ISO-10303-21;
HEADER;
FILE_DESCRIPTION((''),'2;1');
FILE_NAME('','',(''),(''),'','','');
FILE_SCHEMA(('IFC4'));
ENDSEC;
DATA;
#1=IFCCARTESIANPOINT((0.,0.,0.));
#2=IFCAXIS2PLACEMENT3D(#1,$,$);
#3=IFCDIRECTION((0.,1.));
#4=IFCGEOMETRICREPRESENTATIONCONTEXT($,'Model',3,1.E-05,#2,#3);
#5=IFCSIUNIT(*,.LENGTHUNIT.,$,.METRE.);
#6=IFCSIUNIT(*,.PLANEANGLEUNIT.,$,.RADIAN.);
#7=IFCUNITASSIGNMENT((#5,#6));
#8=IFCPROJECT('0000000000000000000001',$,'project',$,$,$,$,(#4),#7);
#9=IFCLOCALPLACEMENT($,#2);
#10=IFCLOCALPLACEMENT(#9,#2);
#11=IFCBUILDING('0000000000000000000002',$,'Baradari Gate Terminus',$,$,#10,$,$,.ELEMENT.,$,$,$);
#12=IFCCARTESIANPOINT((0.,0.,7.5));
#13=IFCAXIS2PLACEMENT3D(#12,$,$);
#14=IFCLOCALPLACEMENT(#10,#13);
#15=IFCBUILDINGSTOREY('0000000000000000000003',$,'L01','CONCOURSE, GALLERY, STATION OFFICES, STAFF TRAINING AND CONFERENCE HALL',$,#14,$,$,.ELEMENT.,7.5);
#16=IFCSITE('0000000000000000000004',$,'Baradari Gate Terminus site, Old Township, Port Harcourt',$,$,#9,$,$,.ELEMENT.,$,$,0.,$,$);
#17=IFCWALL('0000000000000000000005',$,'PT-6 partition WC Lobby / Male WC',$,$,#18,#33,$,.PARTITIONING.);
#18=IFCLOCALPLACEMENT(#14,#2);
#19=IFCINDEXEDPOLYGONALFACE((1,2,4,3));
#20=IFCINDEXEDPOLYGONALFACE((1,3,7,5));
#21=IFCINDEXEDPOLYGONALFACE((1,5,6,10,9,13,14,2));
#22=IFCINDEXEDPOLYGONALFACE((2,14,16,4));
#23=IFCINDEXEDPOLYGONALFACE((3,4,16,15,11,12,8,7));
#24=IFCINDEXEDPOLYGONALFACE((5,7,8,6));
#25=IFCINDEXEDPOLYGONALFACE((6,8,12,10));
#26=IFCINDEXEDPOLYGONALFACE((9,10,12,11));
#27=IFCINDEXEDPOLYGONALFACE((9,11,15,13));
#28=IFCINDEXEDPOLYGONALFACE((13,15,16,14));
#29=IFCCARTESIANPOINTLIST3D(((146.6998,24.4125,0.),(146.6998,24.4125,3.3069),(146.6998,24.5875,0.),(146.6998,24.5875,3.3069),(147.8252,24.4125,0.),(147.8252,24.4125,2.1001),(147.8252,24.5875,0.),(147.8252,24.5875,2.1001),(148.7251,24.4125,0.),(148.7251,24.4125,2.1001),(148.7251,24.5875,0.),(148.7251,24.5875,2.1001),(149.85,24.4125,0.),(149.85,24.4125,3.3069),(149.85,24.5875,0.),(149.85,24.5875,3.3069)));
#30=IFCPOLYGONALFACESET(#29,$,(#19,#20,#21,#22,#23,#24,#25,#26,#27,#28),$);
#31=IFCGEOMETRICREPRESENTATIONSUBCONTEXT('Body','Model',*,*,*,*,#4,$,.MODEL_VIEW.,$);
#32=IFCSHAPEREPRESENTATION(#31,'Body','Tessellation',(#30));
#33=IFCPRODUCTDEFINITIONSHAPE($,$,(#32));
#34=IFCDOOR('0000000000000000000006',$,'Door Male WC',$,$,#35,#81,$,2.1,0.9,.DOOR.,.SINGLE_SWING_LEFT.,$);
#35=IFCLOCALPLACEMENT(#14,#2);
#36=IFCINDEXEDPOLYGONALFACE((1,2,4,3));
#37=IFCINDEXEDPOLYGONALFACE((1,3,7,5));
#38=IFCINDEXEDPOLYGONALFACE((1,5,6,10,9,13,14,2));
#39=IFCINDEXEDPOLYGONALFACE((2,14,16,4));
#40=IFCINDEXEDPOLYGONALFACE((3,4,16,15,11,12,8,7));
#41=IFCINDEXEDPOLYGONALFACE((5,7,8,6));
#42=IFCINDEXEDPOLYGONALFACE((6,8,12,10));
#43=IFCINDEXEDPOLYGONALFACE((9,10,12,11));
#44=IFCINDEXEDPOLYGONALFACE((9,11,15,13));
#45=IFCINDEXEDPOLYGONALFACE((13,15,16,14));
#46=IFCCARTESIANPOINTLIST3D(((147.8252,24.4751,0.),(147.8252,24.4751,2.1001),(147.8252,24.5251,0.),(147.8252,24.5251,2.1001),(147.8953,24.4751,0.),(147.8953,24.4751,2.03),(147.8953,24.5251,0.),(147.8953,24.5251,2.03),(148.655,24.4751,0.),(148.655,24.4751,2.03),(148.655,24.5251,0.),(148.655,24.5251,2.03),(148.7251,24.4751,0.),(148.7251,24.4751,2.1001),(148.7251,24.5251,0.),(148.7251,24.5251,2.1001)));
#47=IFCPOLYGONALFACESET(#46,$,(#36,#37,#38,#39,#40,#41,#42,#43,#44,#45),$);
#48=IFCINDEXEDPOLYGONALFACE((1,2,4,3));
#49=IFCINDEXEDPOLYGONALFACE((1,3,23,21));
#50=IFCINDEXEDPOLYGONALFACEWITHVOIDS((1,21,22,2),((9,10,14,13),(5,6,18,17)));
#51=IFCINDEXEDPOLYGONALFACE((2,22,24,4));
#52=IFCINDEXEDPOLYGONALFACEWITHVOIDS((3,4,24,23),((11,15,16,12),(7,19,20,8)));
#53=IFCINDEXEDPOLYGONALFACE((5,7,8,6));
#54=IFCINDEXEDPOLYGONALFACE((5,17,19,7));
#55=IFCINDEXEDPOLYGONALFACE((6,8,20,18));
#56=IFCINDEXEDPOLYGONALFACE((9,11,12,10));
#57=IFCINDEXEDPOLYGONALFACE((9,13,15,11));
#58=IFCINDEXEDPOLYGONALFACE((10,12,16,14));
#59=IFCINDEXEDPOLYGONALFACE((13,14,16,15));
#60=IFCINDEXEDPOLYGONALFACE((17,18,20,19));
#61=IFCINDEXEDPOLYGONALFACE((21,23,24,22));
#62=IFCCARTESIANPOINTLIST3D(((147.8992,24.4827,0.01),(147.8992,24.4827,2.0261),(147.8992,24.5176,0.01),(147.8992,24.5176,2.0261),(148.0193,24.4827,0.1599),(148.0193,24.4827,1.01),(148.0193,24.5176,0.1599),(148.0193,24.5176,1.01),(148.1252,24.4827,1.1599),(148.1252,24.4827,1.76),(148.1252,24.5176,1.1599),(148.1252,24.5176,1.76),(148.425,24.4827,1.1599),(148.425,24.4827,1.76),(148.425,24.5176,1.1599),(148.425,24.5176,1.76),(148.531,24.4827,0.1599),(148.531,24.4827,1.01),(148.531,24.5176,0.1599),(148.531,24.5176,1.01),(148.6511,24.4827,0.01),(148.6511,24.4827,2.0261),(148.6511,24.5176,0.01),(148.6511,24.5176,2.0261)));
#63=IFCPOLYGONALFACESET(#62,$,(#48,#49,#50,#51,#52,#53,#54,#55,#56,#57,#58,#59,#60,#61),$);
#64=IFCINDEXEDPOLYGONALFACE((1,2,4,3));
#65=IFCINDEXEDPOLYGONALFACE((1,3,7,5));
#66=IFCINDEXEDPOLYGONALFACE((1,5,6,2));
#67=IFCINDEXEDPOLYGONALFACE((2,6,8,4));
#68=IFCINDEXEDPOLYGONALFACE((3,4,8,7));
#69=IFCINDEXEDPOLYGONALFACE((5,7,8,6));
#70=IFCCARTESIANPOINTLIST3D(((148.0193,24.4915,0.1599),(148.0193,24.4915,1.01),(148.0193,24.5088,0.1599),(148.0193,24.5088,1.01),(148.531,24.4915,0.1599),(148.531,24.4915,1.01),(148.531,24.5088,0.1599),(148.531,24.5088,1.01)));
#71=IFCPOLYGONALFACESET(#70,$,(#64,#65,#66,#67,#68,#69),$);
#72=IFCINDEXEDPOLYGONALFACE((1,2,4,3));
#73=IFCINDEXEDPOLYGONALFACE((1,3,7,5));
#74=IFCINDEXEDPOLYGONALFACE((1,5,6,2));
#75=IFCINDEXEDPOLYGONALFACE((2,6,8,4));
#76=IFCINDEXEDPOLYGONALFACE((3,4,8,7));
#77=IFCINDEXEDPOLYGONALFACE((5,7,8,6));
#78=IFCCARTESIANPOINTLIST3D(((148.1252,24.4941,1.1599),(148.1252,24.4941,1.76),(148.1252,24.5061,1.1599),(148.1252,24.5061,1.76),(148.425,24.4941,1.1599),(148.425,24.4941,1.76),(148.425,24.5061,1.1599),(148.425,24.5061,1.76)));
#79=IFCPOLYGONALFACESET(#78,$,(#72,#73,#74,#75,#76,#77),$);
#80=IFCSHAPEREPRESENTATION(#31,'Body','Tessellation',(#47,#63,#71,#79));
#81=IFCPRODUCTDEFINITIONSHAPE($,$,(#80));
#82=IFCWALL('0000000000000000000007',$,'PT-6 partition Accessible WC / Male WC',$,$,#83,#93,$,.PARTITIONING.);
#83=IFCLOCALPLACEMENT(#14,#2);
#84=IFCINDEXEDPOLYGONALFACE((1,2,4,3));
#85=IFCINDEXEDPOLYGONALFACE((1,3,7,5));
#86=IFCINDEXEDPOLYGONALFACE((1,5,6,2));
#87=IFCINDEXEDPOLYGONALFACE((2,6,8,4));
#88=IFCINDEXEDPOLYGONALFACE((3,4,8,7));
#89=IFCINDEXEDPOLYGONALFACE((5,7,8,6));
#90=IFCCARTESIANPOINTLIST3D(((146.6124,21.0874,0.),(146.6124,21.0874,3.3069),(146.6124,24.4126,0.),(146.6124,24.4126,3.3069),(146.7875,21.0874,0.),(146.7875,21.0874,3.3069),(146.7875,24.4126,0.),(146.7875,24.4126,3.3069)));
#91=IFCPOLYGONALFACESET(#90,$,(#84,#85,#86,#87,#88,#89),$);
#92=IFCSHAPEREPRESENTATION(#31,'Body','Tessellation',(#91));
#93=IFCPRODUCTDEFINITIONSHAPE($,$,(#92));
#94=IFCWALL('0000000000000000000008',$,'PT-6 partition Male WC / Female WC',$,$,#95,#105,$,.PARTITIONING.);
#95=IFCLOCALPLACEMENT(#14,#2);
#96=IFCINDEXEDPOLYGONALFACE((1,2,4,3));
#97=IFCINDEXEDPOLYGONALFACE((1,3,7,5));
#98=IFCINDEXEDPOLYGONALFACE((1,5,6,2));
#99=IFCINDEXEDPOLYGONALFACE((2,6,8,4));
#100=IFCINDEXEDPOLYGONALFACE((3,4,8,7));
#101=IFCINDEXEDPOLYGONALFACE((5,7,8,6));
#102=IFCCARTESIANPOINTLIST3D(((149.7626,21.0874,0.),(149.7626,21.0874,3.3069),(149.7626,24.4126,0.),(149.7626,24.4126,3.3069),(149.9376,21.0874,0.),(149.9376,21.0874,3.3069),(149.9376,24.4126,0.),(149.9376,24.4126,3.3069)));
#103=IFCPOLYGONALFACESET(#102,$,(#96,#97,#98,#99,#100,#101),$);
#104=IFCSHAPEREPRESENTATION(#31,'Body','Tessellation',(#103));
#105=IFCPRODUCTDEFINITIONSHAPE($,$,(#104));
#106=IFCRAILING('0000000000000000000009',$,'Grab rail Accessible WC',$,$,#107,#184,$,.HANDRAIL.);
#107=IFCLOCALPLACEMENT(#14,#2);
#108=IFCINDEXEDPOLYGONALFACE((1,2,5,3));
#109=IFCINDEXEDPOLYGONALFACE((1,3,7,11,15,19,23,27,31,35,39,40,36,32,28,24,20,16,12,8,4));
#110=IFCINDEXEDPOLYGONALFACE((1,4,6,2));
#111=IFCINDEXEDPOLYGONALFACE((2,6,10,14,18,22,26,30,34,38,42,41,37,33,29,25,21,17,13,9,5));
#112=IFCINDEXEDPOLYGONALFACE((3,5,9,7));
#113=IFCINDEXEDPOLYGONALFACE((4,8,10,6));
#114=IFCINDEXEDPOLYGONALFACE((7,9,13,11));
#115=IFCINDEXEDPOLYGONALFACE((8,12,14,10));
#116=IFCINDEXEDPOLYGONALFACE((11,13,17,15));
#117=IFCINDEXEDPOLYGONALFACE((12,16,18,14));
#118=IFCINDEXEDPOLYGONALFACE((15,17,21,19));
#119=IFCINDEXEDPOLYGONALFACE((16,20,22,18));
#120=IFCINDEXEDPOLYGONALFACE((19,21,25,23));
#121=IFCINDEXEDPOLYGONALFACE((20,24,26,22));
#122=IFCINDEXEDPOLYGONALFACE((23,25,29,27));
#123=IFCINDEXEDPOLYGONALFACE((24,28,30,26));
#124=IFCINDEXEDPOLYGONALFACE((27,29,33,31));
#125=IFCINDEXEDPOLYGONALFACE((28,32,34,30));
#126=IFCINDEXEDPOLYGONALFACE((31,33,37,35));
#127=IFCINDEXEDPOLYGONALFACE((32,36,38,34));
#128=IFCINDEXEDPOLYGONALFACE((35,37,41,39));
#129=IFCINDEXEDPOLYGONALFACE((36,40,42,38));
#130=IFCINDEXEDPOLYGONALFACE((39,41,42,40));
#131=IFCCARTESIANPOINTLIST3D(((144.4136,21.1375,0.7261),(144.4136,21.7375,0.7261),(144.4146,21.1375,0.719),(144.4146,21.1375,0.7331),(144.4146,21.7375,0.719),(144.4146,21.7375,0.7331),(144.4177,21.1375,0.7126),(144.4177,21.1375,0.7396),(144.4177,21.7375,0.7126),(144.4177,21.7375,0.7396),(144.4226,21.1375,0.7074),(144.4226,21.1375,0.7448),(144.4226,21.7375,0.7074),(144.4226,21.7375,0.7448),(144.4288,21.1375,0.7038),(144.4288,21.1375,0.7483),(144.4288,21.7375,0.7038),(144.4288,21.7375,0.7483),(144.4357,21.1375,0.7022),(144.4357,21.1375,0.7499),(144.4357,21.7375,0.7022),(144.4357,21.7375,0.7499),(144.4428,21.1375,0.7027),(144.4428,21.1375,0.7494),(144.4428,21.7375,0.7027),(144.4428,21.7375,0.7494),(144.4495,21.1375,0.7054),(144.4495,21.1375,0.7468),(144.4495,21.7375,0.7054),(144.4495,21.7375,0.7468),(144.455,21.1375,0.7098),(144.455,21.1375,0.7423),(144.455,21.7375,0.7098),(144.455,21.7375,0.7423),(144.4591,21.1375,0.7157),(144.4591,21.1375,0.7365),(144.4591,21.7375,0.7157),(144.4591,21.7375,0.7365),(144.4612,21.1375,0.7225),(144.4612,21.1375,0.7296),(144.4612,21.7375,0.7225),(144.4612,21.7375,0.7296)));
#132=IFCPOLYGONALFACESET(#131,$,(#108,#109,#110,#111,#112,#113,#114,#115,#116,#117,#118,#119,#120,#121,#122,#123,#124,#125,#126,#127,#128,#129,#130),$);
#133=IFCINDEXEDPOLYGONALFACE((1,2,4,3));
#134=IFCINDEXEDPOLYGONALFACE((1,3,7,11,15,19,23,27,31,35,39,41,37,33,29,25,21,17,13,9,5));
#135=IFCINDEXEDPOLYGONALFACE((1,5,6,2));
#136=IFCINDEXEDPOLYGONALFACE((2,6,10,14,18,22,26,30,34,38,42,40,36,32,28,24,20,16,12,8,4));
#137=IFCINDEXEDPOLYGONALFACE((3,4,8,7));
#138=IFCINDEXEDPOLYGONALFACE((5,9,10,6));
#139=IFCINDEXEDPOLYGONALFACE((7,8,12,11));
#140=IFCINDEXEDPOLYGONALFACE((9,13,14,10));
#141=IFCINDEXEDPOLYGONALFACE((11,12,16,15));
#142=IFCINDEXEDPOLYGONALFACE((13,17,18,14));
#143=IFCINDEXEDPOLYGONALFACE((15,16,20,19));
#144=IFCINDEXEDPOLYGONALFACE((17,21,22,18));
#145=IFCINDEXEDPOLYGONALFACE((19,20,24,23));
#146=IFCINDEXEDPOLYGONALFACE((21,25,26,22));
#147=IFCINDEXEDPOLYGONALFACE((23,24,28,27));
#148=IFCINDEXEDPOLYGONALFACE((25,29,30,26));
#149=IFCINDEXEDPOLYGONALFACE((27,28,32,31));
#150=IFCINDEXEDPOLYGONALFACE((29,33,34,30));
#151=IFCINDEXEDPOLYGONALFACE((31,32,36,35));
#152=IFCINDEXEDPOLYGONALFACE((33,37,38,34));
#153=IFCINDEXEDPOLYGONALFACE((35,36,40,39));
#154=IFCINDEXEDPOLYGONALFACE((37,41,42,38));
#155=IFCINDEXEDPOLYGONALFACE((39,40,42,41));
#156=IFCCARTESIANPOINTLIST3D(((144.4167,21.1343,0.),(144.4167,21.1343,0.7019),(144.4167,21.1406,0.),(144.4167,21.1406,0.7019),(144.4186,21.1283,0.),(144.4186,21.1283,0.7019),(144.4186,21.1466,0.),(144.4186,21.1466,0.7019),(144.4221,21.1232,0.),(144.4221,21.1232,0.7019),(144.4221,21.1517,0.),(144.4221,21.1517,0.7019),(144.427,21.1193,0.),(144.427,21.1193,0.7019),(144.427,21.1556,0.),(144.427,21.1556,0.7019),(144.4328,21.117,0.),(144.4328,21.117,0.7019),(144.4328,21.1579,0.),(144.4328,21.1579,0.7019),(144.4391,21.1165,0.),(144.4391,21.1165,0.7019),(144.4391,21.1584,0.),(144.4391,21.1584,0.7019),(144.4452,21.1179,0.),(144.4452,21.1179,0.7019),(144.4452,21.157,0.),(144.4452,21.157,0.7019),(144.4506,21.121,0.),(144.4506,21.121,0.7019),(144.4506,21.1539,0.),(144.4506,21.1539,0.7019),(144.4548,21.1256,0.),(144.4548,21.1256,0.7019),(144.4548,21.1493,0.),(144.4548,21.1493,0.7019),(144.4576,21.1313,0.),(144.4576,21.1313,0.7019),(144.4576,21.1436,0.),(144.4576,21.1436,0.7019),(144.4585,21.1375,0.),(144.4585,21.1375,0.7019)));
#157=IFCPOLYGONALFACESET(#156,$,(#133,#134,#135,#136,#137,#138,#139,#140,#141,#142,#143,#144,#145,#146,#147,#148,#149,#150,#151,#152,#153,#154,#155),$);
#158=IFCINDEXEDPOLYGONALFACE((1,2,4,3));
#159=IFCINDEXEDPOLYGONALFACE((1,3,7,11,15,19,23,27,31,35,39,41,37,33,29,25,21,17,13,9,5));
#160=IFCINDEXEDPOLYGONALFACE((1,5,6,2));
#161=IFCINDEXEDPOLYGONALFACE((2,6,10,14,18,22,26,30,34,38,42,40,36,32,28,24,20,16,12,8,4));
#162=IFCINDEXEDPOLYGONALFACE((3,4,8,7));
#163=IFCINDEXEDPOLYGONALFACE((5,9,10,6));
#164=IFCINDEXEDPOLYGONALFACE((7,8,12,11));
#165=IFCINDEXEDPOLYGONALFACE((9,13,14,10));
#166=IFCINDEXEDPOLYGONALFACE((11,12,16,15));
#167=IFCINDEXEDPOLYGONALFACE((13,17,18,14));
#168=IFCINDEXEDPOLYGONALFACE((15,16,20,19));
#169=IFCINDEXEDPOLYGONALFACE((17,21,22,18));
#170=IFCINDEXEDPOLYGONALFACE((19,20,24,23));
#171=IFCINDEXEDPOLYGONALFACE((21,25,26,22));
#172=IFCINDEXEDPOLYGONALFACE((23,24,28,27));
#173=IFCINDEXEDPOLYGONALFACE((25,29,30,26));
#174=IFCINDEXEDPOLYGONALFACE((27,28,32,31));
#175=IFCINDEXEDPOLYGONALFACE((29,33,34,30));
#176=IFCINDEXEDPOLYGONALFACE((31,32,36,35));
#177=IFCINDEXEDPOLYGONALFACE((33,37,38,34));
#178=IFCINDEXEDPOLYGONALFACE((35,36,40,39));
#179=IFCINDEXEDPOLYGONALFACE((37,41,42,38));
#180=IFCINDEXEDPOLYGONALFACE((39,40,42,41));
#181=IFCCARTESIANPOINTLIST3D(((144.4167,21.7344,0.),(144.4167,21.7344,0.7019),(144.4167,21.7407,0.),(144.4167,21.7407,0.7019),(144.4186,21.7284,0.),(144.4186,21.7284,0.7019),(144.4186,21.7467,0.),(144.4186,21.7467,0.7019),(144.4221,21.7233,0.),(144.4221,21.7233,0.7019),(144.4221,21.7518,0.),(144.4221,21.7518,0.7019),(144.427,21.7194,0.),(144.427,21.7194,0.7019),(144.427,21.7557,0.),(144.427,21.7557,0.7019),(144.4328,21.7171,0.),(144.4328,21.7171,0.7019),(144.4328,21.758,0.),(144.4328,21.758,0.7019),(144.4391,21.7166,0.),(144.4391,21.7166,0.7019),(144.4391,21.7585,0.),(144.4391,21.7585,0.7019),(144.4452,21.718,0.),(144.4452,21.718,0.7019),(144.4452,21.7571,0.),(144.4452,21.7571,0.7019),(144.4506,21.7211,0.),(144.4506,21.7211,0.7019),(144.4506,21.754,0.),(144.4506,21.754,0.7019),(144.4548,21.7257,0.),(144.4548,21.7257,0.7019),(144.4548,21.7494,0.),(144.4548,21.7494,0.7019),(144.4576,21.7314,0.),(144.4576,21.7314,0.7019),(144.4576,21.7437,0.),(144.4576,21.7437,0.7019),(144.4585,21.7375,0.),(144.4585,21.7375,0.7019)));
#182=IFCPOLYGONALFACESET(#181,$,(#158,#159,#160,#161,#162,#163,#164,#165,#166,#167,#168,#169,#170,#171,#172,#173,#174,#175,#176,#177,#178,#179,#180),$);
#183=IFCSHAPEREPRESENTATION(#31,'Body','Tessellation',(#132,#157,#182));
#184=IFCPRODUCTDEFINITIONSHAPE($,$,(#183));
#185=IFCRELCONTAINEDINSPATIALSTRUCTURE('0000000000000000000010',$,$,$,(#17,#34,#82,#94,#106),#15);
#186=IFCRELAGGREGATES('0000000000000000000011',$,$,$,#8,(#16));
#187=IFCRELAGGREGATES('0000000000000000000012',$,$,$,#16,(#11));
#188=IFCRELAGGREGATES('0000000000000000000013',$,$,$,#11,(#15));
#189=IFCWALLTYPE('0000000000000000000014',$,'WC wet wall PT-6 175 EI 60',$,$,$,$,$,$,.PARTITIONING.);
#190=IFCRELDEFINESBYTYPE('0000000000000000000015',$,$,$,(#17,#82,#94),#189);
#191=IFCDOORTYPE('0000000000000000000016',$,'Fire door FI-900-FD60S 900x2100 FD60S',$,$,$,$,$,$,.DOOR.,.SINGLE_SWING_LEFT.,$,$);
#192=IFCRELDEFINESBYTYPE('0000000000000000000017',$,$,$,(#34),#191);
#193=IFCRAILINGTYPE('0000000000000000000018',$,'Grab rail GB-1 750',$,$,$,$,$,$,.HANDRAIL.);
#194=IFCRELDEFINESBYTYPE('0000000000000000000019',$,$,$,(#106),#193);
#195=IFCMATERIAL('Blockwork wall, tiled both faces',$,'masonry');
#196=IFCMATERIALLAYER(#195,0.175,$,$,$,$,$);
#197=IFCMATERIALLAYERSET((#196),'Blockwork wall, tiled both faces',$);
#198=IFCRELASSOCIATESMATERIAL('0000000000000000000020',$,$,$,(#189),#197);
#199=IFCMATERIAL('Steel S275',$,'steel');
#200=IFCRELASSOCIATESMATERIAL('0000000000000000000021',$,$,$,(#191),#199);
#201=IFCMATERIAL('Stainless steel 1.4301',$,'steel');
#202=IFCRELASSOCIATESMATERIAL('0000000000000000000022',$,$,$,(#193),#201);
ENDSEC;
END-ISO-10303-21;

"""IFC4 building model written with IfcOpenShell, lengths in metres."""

from ifc_helpers import new_model, si_unit, direction, frame, frame_2d, origin, origin_2d, place, context, subcontext, project, spatial, polyline, rectangle, circle, outline, extrude, material, layer, layer_set, type_object, element, fill, save


model = new_model("IFC4")

# Units and contexts
model_context = context("Model", 3, precision=1e-05, world=origin(), true_north=direction((0.0, 1.0)))
body_context = subcontext(model_context, "Body", "Model", "MODEL_VIEW")
ifc_project = project(units=[si_unit("LENGTHUNIT", "METRE"), si_unit("PLANEANGLEUNIT", "RADIAN")], contexts=[model_context])

# Site, building, storey
site_placement = place(None, origin())
site = spatial("IfcSite", under=ifc_project, at=site_placement, Name="Baradari Gate Terminus site, Old Township, Port Harcourt", CompositionType="ELEMENT", RefElevation=0.0)
building_placement = place(site_placement, origin())
building = spatial("IfcBuilding", under=site, at=building_placement, Name="Baradari Gate Terminus", CompositionType="ELEMENT")
storey_placement = place(building_placement, frame((0.0, 0.0, 7.5)))
storey = spatial("IfcBuildingStorey", under=building, at=storey_placement, Name="L01", Description="CONCOURSE, GALLERY, STATION OFFICES, STAFF TRAINING AND CONFERENCE HALL", CompositionType="ELEMENT", Elevation=7.5)

# Shared definitions
ifc_material_1 = material(Name="Blockwork wall, tiled both faces", Category="masonry")
ifc_layer = layer(ifc_material_1, 0.175)
ifc_layer_set = layer_set([ifc_layer], Name="Blockwork wall, tiled both faces")
wall_type = type_object("IfcWallType", Name="WC wet wall PT-6 175 EI 60", PredefinedType="PARTITIONING", material=ifc_layer_set)

# Wall, opening, door
wall_1_placement = place(storey_placement, frame((149.8501, 24.5, 0.0), z_axis=(0.0, 0.0, 1.0), x_axis=(-1.0, 0.0, 0.0)))
wall_1 = element("IfcWall", 1, at=wall_1_placement, inside=storey, type_object=wall_type, Name="PT-6 partition WC Lobby / Male WC", PredefinedType="PARTITIONING", context=body_context, shape_type="SweptSolid", body=[
    extrude(rectangle(XDim=3.1501, YDim=0.175, at=frame_2d((1.5752, 0.0))), origin(), (0.0, 0.0, 1.0), 3.3069),
])
opening_1_placement = place(wall_1_placement, frame((1.125, 0.0, 0.0)))
opening_1 = element("IfcOpeningElement", 2, at=opening_1_placement, cuts=wall_1, PredefinedType="OPENING", context=body_context, shape_type="SweptSolid", body=[
    extrude(rectangle(XDim=0.8999, YDim=2.1001, at=frame_2d((0.45, 1.05))), frame((0.0, 0.0974, 0.0), z_axis=(0.0, -1.0, 0.0), x_axis=(1.0, 0.0, 0.0)), (0.0, 0.0, 1.0), 0.1951),
])
ifc_material_2 = material(Name="Steel S275", Category="steel")
door_type_1 = type_object("IfcDoorType", Name="Fire door FI-900-FD60S 900x2100 FD60S", OperationType="SINGLE_SWING_LEFT", PredefinedType="DOOR", material=ifc_material_2)
door_1_placement = place(opening_1_placement, origin())
door_1 = element("IfcDoor", 3, at=door_1_placement, inside=storey, type_object=door_type_1, Name="Door Male WC", OperationType="SINGLE_SWING_LEFT", OverallHeight=2.1, OverallWidth=0.9, PredefinedType="DOOR", context=body_context, shape_type="SweptSolid", body=[
    extrude(outline(polyline([(0.0, 0.0), (0.0701, 0.0), (0.0701, 2.03), (0.8298, 2.03), (0.8298, 0.0), (0.8999, 0.0), (0.8999, 2.1001), (0.0, 2.1001), (0.0, 0.0)])), frame((0.0, 0.0249, 0.0), z_axis=(0.0, -1.0, 0.0), x_axis=(1.0, 0.0, 0.0)), (0.0, 0.0, 1.0), 0.05),
    extrude(outline(polyline([(0.074, 0.01), (0.8259, 0.01), (0.8259, 2.0261), (0.074, 2.0261), (0.074, 0.01)]), holes=[polyline([(0.1941, 0.1599), (0.7058, 0.1599), (0.7058, 1.01), (0.1941, 1.01), (0.1941, 0.1599)]), polyline([(0.3, 1.1599), (0.5999, 1.1599), (0.5999, 1.76), (0.3, 1.76), (0.3, 1.1599)])]), frame((0.0, 0.0173, 0.0), z_axis=(0.0, -1.0, 0.0), x_axis=(1.0, 0.0, 0.0)), (0.0, 0.0, 1.0), 0.0349),
    extrude(rectangle(XDim=0.5117, YDim=0.8501, at=frame_2d((0.45, 0.585))), frame((0.0, 0.0085, 0.0), z_axis=(0.0, -1.0, 0.0), x_axis=(1.0, 0.0, 0.0)), (0.0, 0.0, 1.0), 0.0173),
    extrude(rectangle(XDim=0.2998, YDim=0.6001, at=frame_2d((0.45, 1.46))), frame((0.0, 0.0059, 0.0), z_axis=(0.0, -1.0, 0.0), x_axis=(1.0, 0.0, 0.0)), (0.0, 0.0, 1.0), 0.012),
])
fill(opening_1, door_1)

# Walls
for number, where, z_axis, x_axis, name in (
    (4, (146.7, 24.4126, 0.0), (0.0, 0.0, 1.0), (0.0, -1.0, 0.0), "PT-6 partition Accessible WC / Male WC"),
    (5, (149.8501, 24.4126, 0.0), (0.0, 0.0, 1.0), (0.0, -1.0, 0.0), "PT-6 partition Male WC / Female WC"),
):
    element("IfcWall", number, at=place(storey_placement, frame(where, z_axis=z_axis, x_axis=x_axis)), inside=storey, type_object=wall_type, Name=name, PredefinedType="PARTITIONING", context=body_context, shape_type="SweptSolid", body=[
        extrude(rectangle(XDim=3.3252, YDim=0.175, at=frame_2d((1.6626, 0.0))), origin(), (0.0, 0.0, 1.0), 3.3069),
    ])

# Railing
ifc_material_3 = material(Name="Stainless steel 1.4301", Category="steel")
railing_type = type_object("IfcRailingType", Name="Grab rail GB-1 750", PredefinedType="HANDRAIL", material=ifc_material_3)
for number, where, name in (
    (6, (144.4375, 21.1375, 0.0), "Grab rail Accessible WC"),
):
    element("IfcRailing", number, at=place(storey_placement, frame(where)), inside=storey, type_object=railing_type, Name=name, PredefinedType="HANDRAIL", context=body_context, shape_type="SweptSolid", body=[
        extrude(circle(Radius=0.0239, at=origin_2d()), frame((0.0, 0.0, 0.7261), z_axis=(0.0, 1.0, 0.0), x_axis=(-1.0, 0.0, 0.0)), (0.0, 0.0, 1.0), 0.6001),
        extrude(circle(Radius=0.021, at=origin_2d()), origin(), (0.0, 0.0, 1.0), 0.7019),
        extrude(circle(Radius=0.021, at=origin_2d()), frame((0.0, 0.6001, 0.0)), (0.0, 0.0, 1.0), 0.7019),
    ])

save(model, "model.ifc")
